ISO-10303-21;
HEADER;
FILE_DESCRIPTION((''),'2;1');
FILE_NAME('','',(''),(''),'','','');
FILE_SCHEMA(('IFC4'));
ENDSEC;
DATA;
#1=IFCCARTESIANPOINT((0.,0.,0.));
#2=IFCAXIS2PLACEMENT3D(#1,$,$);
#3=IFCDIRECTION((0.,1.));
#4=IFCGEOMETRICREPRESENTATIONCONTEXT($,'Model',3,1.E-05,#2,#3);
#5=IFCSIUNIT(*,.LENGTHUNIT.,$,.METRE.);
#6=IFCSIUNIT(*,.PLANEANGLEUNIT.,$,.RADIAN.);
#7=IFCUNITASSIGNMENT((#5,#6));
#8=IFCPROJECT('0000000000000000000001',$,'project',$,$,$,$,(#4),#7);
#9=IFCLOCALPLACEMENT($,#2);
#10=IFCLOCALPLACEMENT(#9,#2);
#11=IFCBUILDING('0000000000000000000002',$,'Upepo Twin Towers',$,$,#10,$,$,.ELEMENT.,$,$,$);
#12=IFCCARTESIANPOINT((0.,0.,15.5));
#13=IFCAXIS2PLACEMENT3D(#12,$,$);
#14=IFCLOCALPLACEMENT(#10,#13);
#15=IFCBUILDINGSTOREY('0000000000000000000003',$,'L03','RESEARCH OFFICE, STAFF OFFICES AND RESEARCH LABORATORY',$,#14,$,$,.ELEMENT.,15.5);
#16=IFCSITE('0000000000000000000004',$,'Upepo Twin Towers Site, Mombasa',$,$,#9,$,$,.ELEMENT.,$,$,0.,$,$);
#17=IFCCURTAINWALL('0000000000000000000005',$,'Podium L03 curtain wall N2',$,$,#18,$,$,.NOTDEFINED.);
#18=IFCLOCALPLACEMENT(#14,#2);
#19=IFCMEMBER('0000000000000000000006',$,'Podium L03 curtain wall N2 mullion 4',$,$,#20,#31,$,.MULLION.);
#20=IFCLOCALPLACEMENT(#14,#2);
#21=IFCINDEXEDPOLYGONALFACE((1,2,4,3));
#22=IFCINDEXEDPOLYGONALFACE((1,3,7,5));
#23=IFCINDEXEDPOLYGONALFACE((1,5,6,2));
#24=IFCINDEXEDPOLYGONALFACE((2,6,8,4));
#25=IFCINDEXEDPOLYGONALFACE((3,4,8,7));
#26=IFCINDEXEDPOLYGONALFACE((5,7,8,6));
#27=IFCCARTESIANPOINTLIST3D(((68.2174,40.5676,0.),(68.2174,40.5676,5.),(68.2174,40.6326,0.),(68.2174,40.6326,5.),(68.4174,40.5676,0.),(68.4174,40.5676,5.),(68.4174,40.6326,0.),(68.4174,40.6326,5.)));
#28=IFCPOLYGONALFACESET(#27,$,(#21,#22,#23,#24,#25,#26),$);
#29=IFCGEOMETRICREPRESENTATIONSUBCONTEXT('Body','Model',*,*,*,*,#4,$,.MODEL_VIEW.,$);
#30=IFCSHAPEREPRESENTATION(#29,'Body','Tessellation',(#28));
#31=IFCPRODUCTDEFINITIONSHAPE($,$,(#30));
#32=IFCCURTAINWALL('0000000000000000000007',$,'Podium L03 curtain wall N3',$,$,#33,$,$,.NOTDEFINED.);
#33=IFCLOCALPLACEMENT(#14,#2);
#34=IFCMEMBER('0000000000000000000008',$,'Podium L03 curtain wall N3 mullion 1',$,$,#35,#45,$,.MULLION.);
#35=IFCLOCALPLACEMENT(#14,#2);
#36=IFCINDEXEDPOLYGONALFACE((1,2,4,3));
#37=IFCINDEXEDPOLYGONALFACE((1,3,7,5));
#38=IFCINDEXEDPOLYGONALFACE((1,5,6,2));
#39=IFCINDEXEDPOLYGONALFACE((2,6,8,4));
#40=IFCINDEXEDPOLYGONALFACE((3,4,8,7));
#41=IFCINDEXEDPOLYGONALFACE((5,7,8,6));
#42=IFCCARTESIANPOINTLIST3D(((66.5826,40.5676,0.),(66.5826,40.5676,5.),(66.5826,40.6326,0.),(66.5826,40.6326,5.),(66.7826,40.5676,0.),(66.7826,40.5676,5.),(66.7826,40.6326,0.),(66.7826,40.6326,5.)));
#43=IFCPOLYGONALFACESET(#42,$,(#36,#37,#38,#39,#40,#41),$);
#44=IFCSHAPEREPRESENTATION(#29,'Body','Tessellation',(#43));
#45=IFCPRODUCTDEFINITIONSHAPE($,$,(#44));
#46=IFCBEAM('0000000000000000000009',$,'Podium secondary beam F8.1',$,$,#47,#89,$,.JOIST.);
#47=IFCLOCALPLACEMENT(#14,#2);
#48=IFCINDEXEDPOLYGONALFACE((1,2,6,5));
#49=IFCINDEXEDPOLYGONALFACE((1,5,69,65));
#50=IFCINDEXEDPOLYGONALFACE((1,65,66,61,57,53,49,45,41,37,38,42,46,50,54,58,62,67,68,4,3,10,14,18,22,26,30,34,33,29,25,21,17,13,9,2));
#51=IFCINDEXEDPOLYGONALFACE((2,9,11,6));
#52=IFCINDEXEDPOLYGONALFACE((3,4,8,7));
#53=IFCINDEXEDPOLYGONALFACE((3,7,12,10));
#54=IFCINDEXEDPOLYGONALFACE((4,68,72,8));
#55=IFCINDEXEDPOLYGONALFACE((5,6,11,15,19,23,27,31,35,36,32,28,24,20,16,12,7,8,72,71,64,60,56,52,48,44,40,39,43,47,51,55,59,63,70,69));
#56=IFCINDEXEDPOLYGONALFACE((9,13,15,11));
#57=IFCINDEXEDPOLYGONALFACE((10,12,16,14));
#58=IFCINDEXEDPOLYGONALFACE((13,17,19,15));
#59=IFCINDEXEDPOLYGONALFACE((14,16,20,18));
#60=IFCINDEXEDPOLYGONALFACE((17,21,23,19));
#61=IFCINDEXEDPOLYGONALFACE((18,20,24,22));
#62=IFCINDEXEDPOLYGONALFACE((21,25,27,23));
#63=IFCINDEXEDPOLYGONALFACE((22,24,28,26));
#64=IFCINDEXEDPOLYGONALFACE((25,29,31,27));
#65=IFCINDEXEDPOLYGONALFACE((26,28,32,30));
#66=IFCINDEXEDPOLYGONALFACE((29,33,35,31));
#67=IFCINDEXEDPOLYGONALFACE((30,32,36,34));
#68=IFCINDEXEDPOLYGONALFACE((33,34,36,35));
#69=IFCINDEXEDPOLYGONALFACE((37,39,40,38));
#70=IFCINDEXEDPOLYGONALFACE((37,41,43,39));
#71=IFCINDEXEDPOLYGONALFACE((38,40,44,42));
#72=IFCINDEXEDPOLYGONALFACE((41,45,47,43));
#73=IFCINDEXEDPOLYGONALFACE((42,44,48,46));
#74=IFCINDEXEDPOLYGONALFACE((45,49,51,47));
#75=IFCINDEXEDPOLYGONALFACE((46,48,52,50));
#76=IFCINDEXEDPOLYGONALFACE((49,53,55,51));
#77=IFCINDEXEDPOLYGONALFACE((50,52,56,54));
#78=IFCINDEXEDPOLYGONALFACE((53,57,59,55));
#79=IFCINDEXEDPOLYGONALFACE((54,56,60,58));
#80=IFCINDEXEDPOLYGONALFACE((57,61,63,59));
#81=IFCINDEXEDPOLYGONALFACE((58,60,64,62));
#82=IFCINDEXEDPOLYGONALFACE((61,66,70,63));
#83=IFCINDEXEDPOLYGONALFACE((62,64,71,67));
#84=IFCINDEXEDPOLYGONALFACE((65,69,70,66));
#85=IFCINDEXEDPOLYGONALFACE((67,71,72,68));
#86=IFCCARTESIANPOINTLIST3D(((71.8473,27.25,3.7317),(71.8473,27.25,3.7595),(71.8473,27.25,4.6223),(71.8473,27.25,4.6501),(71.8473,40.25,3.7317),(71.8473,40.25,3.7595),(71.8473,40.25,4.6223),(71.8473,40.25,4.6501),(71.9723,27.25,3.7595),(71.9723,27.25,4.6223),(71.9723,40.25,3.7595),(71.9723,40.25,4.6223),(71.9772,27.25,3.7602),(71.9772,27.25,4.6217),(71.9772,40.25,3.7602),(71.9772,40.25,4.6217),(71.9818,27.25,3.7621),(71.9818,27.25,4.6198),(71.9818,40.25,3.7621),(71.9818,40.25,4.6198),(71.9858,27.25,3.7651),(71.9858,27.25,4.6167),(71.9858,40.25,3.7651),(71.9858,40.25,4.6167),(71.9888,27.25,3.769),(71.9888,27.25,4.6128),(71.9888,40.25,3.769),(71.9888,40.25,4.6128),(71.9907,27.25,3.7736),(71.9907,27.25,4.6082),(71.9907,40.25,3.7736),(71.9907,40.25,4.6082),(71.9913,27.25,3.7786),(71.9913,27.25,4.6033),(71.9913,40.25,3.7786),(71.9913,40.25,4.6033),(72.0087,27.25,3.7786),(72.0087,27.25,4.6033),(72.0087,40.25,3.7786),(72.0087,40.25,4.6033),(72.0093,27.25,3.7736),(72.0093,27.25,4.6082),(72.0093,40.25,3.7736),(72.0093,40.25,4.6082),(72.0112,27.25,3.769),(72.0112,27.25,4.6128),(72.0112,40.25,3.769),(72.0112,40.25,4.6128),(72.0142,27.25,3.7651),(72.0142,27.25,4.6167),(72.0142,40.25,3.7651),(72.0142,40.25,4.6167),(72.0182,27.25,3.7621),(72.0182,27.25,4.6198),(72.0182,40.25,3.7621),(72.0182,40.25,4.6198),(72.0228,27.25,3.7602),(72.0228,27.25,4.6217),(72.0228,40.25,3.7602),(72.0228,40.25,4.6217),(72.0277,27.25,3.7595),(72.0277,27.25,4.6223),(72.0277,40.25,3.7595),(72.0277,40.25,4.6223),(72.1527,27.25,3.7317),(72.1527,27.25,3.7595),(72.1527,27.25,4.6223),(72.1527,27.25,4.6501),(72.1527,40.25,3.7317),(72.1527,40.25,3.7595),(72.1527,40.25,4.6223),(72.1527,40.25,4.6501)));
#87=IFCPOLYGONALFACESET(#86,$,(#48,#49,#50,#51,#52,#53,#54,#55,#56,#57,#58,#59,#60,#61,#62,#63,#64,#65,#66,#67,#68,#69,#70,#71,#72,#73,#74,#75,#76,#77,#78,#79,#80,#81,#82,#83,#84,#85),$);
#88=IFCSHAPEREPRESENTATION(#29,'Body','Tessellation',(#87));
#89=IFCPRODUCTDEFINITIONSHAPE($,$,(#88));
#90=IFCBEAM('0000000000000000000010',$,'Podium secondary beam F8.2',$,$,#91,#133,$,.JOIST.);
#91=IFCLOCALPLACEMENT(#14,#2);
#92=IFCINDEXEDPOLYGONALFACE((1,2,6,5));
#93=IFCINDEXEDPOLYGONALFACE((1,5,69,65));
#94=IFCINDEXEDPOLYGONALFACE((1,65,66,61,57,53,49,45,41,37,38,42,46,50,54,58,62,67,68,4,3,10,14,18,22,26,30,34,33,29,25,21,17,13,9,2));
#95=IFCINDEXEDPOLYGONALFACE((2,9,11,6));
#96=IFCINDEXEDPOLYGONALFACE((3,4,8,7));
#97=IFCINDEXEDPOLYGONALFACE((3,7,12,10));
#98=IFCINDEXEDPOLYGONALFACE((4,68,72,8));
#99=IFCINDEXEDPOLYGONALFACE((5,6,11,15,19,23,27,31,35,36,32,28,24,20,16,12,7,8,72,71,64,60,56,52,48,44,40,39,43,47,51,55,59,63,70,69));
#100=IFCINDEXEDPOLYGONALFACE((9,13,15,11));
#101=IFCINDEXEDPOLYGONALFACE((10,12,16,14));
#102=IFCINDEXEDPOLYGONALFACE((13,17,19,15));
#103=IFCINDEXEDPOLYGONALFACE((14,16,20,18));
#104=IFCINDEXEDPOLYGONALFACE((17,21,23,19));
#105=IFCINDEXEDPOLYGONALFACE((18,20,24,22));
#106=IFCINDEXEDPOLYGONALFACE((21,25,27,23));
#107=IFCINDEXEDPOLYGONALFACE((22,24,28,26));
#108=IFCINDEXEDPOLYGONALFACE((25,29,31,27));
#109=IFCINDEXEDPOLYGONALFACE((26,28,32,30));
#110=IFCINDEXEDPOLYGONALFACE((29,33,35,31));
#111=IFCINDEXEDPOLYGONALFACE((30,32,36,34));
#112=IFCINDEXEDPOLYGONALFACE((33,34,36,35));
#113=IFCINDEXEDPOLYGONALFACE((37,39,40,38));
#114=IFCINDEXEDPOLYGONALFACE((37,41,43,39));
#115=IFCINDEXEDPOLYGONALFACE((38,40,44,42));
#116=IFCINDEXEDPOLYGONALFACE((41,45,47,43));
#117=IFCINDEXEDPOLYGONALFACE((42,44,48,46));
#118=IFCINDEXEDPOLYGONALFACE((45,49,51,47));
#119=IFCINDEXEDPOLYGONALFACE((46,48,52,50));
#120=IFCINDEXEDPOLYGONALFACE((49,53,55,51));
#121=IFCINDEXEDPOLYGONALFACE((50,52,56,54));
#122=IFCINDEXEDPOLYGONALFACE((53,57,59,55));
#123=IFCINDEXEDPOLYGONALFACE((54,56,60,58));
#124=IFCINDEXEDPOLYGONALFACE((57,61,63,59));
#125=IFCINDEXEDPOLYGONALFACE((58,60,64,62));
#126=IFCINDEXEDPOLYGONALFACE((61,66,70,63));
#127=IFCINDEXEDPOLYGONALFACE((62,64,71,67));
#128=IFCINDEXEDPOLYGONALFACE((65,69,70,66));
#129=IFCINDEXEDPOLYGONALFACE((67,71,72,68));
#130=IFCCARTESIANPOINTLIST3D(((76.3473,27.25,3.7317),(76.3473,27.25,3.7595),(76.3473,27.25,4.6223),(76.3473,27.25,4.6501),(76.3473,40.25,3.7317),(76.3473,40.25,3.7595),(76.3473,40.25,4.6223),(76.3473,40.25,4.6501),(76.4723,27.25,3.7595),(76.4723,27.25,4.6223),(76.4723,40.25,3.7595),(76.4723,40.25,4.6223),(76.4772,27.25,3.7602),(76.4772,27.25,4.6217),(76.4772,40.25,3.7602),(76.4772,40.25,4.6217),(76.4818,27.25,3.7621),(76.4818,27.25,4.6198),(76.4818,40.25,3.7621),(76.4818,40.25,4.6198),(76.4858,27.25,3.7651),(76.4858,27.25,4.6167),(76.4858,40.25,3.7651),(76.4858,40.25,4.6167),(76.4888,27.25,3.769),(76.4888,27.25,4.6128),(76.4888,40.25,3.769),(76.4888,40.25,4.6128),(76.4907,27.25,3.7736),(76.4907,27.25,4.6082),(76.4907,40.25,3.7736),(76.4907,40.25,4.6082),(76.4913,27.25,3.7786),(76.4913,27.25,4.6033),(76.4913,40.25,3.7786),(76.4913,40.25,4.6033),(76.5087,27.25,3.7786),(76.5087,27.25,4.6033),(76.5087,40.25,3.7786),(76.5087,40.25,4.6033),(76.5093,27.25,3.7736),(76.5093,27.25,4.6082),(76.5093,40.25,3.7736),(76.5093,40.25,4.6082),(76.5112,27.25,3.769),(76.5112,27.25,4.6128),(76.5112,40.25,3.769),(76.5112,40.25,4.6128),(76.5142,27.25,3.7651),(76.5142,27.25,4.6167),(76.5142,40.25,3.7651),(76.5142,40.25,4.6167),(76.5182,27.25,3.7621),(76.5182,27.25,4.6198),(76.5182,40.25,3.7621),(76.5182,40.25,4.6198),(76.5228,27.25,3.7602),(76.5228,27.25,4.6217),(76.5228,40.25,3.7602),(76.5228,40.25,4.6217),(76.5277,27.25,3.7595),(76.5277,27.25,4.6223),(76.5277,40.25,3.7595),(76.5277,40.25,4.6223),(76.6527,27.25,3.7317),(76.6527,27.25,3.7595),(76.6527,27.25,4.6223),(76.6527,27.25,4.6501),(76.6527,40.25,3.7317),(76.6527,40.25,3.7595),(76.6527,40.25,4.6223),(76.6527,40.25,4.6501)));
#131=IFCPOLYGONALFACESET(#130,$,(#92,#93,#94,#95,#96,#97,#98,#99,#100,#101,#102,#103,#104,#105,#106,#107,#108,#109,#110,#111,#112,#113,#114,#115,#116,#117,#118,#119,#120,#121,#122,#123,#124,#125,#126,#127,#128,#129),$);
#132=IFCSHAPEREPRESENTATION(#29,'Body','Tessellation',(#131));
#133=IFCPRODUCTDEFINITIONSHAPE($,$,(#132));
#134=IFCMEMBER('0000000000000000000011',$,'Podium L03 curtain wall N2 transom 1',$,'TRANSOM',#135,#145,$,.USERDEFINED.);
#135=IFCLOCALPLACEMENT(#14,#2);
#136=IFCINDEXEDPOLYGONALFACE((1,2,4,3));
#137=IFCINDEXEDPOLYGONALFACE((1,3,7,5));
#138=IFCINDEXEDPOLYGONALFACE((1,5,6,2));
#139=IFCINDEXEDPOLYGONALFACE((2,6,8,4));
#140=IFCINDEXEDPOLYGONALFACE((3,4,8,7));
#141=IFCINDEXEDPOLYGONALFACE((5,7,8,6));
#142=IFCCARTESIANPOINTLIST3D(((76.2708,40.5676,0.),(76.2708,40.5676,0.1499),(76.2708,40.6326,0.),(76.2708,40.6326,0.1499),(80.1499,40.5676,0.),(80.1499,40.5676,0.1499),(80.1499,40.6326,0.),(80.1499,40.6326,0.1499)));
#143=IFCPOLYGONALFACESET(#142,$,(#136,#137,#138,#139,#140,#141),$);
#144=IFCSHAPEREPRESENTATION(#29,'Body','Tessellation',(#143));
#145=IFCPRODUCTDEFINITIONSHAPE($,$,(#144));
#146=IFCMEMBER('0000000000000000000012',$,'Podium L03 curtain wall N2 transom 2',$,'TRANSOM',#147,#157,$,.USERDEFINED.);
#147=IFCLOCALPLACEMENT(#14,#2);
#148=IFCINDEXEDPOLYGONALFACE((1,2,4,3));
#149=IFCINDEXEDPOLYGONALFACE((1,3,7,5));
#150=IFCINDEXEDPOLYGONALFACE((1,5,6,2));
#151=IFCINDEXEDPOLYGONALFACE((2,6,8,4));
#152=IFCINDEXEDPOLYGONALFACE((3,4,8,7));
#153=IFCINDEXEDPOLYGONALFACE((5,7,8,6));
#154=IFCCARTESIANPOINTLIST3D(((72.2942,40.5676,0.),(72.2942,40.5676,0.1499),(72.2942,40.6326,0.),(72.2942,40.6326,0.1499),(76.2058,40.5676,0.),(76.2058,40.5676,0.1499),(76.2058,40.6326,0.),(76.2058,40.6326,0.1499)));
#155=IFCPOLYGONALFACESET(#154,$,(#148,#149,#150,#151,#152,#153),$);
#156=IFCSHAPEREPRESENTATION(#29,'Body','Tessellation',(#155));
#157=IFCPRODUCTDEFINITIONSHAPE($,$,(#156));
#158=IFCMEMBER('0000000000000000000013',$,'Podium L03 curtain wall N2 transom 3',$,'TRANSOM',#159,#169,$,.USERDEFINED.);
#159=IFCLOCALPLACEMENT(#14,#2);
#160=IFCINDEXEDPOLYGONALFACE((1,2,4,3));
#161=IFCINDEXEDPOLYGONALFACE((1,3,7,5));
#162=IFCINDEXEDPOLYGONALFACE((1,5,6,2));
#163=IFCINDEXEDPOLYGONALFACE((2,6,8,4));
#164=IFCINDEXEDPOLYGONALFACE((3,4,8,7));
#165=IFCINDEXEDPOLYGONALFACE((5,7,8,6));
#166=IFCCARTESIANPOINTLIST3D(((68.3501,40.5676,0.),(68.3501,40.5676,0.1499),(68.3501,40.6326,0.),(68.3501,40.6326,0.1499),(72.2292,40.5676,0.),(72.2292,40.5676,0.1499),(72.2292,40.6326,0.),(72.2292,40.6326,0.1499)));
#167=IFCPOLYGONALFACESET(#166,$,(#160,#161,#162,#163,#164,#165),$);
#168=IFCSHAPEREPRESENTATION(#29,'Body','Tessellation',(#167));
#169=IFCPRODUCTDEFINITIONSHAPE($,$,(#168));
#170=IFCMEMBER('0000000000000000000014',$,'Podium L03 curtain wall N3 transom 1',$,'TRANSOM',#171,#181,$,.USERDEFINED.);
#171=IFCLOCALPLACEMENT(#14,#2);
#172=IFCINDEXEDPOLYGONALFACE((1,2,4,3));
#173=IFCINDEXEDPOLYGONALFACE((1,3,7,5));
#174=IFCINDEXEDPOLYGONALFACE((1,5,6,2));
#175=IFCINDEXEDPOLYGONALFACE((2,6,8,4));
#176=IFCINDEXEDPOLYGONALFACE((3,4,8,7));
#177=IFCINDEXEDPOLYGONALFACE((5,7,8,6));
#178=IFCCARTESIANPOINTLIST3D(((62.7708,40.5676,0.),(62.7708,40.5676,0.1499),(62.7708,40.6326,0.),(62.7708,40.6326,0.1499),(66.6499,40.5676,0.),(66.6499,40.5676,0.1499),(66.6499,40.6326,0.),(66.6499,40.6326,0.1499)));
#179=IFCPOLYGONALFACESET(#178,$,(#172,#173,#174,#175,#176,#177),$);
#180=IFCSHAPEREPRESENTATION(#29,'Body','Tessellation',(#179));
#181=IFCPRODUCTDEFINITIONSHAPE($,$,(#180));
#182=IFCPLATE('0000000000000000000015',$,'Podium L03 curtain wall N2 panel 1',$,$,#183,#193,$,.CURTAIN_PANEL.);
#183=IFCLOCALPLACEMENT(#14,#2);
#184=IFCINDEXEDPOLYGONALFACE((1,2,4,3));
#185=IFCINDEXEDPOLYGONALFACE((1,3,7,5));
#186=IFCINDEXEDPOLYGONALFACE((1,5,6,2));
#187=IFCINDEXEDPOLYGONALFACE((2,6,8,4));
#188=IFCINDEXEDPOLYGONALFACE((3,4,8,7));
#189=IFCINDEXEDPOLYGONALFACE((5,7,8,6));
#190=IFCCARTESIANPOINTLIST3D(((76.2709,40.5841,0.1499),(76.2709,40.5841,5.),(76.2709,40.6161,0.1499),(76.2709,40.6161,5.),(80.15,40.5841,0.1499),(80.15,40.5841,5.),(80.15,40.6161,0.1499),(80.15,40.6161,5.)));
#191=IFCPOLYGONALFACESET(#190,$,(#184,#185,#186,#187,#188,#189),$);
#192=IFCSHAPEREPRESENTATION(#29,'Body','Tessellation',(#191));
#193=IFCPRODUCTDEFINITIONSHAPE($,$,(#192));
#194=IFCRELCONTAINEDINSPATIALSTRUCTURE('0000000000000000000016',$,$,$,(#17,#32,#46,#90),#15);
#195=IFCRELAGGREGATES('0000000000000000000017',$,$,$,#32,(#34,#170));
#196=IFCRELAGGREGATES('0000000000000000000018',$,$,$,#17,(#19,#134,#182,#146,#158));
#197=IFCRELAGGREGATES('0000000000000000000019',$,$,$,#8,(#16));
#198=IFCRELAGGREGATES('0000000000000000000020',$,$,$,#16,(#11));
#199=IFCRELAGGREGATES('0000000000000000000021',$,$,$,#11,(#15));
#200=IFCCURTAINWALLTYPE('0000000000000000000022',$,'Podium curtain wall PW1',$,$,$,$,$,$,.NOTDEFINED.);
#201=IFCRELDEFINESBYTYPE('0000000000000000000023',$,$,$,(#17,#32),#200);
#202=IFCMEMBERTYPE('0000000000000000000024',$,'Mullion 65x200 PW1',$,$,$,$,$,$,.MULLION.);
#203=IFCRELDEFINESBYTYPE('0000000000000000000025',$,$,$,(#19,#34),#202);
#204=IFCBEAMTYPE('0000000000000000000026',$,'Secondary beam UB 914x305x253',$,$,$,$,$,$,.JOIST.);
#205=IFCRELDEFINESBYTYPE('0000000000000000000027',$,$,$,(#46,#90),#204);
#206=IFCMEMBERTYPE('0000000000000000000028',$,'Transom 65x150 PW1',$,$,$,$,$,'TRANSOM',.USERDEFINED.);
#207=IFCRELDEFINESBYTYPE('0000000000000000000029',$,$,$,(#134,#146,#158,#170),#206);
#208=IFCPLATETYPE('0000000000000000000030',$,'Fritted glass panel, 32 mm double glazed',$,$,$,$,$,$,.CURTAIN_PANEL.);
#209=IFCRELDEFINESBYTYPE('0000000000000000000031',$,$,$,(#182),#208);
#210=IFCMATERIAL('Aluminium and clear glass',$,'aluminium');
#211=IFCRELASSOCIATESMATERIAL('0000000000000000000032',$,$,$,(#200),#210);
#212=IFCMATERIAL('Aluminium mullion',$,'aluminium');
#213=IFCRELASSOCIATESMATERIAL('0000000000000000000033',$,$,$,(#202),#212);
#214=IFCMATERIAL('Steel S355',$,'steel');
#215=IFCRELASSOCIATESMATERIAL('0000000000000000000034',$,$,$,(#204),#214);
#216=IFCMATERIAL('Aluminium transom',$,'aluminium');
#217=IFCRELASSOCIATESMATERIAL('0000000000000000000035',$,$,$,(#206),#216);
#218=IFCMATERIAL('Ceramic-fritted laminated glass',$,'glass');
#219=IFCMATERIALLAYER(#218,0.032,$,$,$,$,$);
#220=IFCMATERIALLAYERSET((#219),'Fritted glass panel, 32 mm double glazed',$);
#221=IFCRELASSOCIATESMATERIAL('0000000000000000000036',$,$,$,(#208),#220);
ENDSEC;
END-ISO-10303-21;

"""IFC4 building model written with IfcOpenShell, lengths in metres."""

from ifc_helpers import new_model, si_unit, direction, frame, origin, origin_2d, place, context, subcontext, project, spatial, rectangle, i_section, extrude, material, layer, layer_set, material_profile, profile_set, type_object, element, aggregate, save


model = new_model("IFC4")

# Units and contexts
model_context = context("Model", 3, precision=1e-05, world=origin(), true_north=direction((0.0, 1.0)))
body_context = subcontext(model_context, "Body", "Model", "MODEL_VIEW")
ifc_project = project(units=[si_unit("LENGTHUNIT", "METRE"), si_unit("PLANEANGLEUNIT", "RADIAN")], contexts=[model_context])

# Site, building, storey
site_placement = place(None, origin())
site = spatial("IfcSite", under=ifc_project, at=site_placement, Name="Upepo Twin Towers Site, Mombasa", CompositionType="ELEMENT", RefElevation=0.0)
building_placement = place(site_placement, origin())
building = spatial("IfcBuilding", under=site, at=building_placement, Name="Upepo Twin Towers", CompositionType="ELEMENT")
storey_placement = place(building_placement, frame((0.0, 0.0, 15.5)))
storey = spatial("IfcBuildingStorey", under=building, at=storey_placement, Name="L03", Description="RESEARCH OFFICE, STAFF OFFICES AND RESEARCH LABORATORY", CompositionType="ELEMENT", Elevation=15.5)

# Shared definitions
ifc_material_1 = material(Name="Aluminium and clear glass", Category="aluminium")
curtain_wall_type = type_object("IfcCurtainWallType", Name="Podium curtain wall PW1", PredefinedType="NOTDEFINED", material=ifc_material_1)
ifc_material_2 = material(Name="Aluminium mullion", Category="aluminium")
ifc_material_profile_1 = material_profile(ifc_material_2, rectangle(XDim=0.0649, YDim=0.2, at=origin_2d()), Name="MULLION 65x200 PODIUM")
ifc_profile_set_1 = profile_set([ifc_material_profile_1], Name="Aluminium mullion")
member_type_1 = type_object("IfcMemberType", Name="Mullion 65x200 PW1", PredefinedType="MULLION", material=ifc_profile_set_1)

# Curtain wall, member
curtain_wall_1_placement = place(storey_placement, origin())
curtain_wall_1 = element("IfcCurtainWall", 1, at=curtain_wall_1_placement, inside=storey, type_object=curtain_wall_type, Name="Podium L03 curtain wall N2", PredefinedType="NOTDEFINED")
member_1_placement = place(storey_placement, frame((68.3174, 40.6001, 0.0), z_axis=(0.0, 0.0, 1.0), x_axis=(0.0, -1.0, 0.0)))
member_1 = element("IfcMember", 2, at=member_1_placement, type_object=member_type_1, Name="Podium L03 curtain wall N2 mullion 4", PredefinedType="MULLION", context=body_context, shape_type="SweptSolid", body=[
    extrude(rectangle(XDim=0.0649, YDim=0.2, at=origin_2d()), origin(), (0.0, 0.0, 1.0), 5.0),
])

# Curtain wall, member
curtain_wall_2_placement = place(storey_placement, origin())
curtain_wall_2 = element("IfcCurtainWall", 3, at=curtain_wall_2_placement, inside=storey, type_object=curtain_wall_type, Name="Podium L03 curtain wall N3", PredefinedType="NOTDEFINED")
member_2_placement = place(storey_placement, frame((66.6826, 40.6001, 0.0), z_axis=(0.0, 0.0, 1.0), x_axis=(0.0, -1.0, 0.0)))
member_2 = element("IfcMember", 4, at=member_2_placement, type_object=member_type_1, Name="Podium L03 curtain wall N3 mullion 1", PredefinedType="MULLION", context=body_context, shape_type="SweptSolid", body=[
    extrude(rectangle(XDim=0.0649, YDim=0.2, at=origin_2d()), origin(), (0.0, 0.0, 1.0), 5.0),
])

# Beams
ifc_material_3 = material(Name="Steel S355", Category="steel")
ifc_material_profile_2 = material_profile(ifc_material_3, i_section(OverallWidth=0.3054, OverallDepth=0.9185, WebThickness=0.0173, FlangeThickness=0.0278, FilletRadius=0.019, at=origin_2d()), Name="UB 914x305x253")
ifc_profile_set_2 = profile_set([ifc_material_profile_2], Name="Steel S355")
beam_type_1 = type_object("IfcBeamType", Name="Secondary beam UB 914x305x253", PredefinedType="JOIST", material=ifc_profile_set_2)
for number, where, z_axis, x_axis, name in (
    (5, (72.0, 27.25, 4.1909), (0.0, 1.0, 0.0), (-1.0, 0.0, 0.0), "Podium secondary beam F8.1"),
    (6, (76.5, 27.25, 4.1909), (0.0, 1.0, 0.0), (-1.0, 0.0, 0.0), "Podium secondary beam F8.2"),
):
    element("IfcBeam", number, at=place(storey_placement, frame(where, z_axis=z_axis, x_axis=x_axis)), inside=storey, type_object=beam_type_1, Name=name, PredefinedType="JOIST", context=body_context, shape_type="SweptSolid", body=[
        extrude(i_section(OverallWidth=0.3054, OverallDepth=0.9185, WebThickness=0.0173, FlangeThickness=0.0278, FilletRadius=0.019, at=origin_2d()), origin(), (0.0, 0.0, 1.0), 13.0),
    ])

# Members
ifc_material_4 = material(Name="Aluminium transom", Category="aluminium")
ifc_material_profile_3 = material_profile(ifc_material_4, rectangle(XDim=0.0649, YDim=0.1499, at=origin_2d()), Name="TRANSOM 65x150 PODIUM")
ifc_profile_set_3 = profile_set([ifc_material_profile_3], Name="Aluminium transom")
member_type_2 = type_object("IfcMemberType", Name="Transom 65x150 PW1", ElementType="TRANSOM", PredefinedType="USERDEFINED", material=ifc_profile_set_3)
member_3_placement = place(storey_placement, frame((80.1499, 40.6001, 0.075), z_axis=(-1.0, 0.0, 0.0), x_axis=(0.0, -1.0, 0.0)))
member_3 = element("IfcMember", 7, at=member_3_placement, type_object=member_type_2, Name="Podium L03 curtain wall N2 transom 1", ObjectType="TRANSOM", PredefinedType="USERDEFINED", context=body_context, shape_type="SweptSolid", body=[
    extrude(rectangle(XDim=0.0649, YDim=0.1499, at=origin_2d()), origin(), (0.0, 0.0, 1.0), 3.8792),
])
member_4_placement = place(storey_placement, frame((76.2058, 40.6001, 0.075), z_axis=(-1.0, 0.0, 0.0), x_axis=(0.0, -1.0, 0.0)))
member_4 = element("IfcMember", 8, at=member_4_placement, type_object=member_type_2, Name="Podium L03 curtain wall N2 transom 2", ObjectType="TRANSOM", PredefinedType="USERDEFINED", context=body_context, shape_type="SweptSolid", body=[
    extrude(rectangle(XDim=0.0649, YDim=0.1499, at=origin_2d()), origin(), (0.0, 0.0, 1.0), 3.9116),
])
member_5_placement = place(storey_placement, frame((72.2292, 40.6001, 0.075), z_axis=(-1.0, 0.0, 0.0), x_axis=(0.0, -1.0, 0.0)))
member_5 = element("IfcMember", 9, at=member_5_placement, type_object=member_type_2, Name="Podium L03 curtain wall N2 transom 3", ObjectType="TRANSOM", PredefinedType="USERDEFINED", context=body_context, shape_type="SweptSolid", body=[
    extrude(rectangle(XDim=0.0649, YDim=0.1499, at=origin_2d()), origin(), (0.0, 0.0, 1.0), 3.8792),
])
member_6_placement = place(storey_placement, frame((66.6499, 40.6001, 0.075), z_axis=(-1.0, 0.0, 0.0), x_axis=(0.0, -1.0, 0.0)))
member_6 = element("IfcMember", 10, at=member_6_placement, type_object=member_type_2, Name="Podium L03 curtain wall N3 transom 1", ObjectType="TRANSOM", PredefinedType="USERDEFINED", context=body_context, shape_type="SweptSolid", body=[
    extrude(rectangle(XDim=0.0649, YDim=0.1499, at=origin_2d()), origin(), (0.0, 0.0, 1.0), 3.8792),
])

# Plate
ifc_material_5 = material(Name="Ceramic-fritted laminated glass", Category="glass")
ifc_layer_1 = layer(ifc_material_5, 0.032)
ifc_layer_set_1 = layer_set([ifc_layer_1], Name="Fritted glass panel, 32 mm double glazed")
plate_type_1 = type_object("IfcPlateType", Name="Fritted glass panel, 32 mm double glazed", PredefinedType="CURTAIN_PANEL", material=ifc_layer_set_1)
plate_1_placement = place(storey_placement, frame((78.2104, 40.6001, 0.1499), z_axis=(0.0, 0.0, 1.0), x_axis=(-1.0, 0.0, 0.0)))
plate_1 = element("IfcPlate", 11, at=plate_1_placement, type_object=plate_type_1, Name="Podium L03 curtain wall N2 panel 1", PredefinedType="CURTAIN_PANEL", context=body_context, shape_type="SweptSolid", body=[
    extrude(rectangle(XDim=3.8792, YDim=0.032, at=origin_2d()), origin(), (0.0, 0.0, 1.0), 4.8501),
])
aggregate(curtain_wall_2, [member_2, member_6])
aggregate(curtain_wall_1, [member_1, member_3, plate_1, member_4, member_5])

save(model, "model.ifc")
